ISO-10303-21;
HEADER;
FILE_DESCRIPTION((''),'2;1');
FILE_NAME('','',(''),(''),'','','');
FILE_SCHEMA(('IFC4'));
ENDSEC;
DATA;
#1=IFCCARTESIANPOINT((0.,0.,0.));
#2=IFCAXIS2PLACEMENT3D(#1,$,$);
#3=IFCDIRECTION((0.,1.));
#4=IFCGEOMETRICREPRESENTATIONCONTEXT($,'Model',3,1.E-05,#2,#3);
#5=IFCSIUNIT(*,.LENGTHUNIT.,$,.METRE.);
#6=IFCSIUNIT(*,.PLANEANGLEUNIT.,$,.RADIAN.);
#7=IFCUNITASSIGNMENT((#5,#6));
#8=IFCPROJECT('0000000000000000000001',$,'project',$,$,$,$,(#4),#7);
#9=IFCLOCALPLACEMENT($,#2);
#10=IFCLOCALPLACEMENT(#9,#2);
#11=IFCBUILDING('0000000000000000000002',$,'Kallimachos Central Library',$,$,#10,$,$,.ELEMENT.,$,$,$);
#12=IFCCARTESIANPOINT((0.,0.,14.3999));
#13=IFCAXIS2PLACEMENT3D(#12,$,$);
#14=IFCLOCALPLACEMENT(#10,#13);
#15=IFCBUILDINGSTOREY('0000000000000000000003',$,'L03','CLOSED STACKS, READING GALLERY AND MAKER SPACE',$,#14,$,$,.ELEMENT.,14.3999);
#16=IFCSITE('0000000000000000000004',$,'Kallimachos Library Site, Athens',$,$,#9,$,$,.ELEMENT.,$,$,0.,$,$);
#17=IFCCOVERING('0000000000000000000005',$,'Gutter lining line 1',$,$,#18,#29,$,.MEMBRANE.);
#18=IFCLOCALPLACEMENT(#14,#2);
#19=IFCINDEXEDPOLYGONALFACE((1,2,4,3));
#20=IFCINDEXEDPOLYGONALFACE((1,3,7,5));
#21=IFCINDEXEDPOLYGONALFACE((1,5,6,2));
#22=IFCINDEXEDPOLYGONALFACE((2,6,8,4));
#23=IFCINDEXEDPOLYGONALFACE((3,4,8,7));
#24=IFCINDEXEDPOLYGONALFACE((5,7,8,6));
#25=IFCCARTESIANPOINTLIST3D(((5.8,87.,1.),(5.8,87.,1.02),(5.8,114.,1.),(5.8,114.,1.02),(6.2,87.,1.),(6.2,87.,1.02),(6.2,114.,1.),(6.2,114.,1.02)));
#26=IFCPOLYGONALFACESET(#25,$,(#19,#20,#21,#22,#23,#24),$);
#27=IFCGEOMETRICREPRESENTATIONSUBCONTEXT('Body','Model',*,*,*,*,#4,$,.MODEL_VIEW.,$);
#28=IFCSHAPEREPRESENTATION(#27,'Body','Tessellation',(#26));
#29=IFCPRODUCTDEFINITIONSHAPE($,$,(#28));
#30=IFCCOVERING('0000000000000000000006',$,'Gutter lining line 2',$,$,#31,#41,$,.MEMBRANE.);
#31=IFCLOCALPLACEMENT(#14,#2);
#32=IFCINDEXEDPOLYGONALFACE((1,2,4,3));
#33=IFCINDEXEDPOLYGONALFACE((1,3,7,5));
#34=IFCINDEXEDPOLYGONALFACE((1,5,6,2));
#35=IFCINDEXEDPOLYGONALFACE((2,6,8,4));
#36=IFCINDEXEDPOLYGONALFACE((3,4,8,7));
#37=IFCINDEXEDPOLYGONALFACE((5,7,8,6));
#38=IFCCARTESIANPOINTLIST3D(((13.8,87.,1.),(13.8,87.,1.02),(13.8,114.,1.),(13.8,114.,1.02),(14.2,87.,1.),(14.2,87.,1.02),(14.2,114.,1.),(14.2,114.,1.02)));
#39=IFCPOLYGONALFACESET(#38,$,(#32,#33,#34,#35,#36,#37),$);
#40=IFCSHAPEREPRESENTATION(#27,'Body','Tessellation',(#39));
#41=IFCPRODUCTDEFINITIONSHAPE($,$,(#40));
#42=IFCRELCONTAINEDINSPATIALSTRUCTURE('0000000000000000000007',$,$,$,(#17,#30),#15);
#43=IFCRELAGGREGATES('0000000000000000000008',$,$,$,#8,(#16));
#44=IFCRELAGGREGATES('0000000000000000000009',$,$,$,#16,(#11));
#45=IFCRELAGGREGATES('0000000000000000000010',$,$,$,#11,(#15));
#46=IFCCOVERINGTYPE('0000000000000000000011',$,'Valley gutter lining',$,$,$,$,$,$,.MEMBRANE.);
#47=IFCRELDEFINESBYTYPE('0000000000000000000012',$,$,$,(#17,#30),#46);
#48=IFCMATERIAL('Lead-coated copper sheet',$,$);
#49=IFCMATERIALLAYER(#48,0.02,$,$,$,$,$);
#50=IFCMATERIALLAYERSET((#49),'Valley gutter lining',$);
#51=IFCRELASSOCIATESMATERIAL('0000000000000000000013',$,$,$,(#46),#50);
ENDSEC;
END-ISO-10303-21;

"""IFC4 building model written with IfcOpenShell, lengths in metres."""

from ifc_helpers import new_model, si_unit, direction, frame, origin, origin_2d, place, context, subcontext, project, spatial, rectangle, extrude, material, layer, layer_set, type_object, element, save


model = new_model("IFC4")

# Units and contexts
model_context = context("Model", 3, precision=1e-05, world=origin(), true_north=direction((0.0, 1.0)))
body_context = subcontext(model_context, "Body", "Model", "MODEL_VIEW")
ifc_project = project(units=[si_unit("LENGTHUNIT", "METRE"), si_unit("PLANEANGLEUNIT", "RADIAN")], contexts=[model_context])

# Site, building, storey
site_placement = place(None, origin())
site = spatial("IfcSite", under=ifc_project, at=site_placement, Name="Kallimachos Library Site, Athens", CompositionType="ELEMENT", RefElevation=0.0)
building_placement = place(site_placement, origin())
building = spatial("IfcBuilding", under=site, at=building_placement, Name="Kallimachos Central Library", CompositionType="ELEMENT")
storey_placement = place(building_placement, frame((0.0, 0.0, 14.3999)))
storey = spatial("IfcBuildingStorey", under=building, at=storey_placement, Name="L03", Description="CLOSED STACKS, READING GALLERY AND MAKER SPACE", CompositionType="ELEMENT", Elevation=14.3999)

# Coverings
ifc_material_1 = material(Name="Lead-coated copper sheet")
ifc_layer_1 = layer(ifc_material_1, 0.02)
ifc_layer_set_1 = layer_set([ifc_layer_1], Name="Valley gutter lining")
covering_type_1 = type_object("IfcCoveringType", Name="Valley gutter lining", PredefinedType="MEMBRANE", material=ifc_layer_set_1)
for number, where, z_axis, x_axis, name in (
    (1, (6.0, 100.5, 1.0), (0.0, 0.0, 1.0), (1.0, 0.0, 0.0), "Gutter lining line 1"),
    (2, (14.0, 100.5, 1.0), (0.0, 0.0, 1.0), (1.0, 0.0, 0.0), "Gutter lining line 2"),
):
    element("IfcCovering", number, at=place(storey_placement, frame(where, z_axis=z_axis, x_axis=x_axis)), inside=storey, type_object=covering_type_1, Name=name, PredefinedType="MEMBRANE", context=body_context, shape_type="SweptSolid", body=[
        extrude(rectangle(XDim=0.3999, YDim=27.0, at=origin_2d()), origin(), (0.0, 0.0, 1.0), 0.02),
    ])

save(model, "model.ifc")
